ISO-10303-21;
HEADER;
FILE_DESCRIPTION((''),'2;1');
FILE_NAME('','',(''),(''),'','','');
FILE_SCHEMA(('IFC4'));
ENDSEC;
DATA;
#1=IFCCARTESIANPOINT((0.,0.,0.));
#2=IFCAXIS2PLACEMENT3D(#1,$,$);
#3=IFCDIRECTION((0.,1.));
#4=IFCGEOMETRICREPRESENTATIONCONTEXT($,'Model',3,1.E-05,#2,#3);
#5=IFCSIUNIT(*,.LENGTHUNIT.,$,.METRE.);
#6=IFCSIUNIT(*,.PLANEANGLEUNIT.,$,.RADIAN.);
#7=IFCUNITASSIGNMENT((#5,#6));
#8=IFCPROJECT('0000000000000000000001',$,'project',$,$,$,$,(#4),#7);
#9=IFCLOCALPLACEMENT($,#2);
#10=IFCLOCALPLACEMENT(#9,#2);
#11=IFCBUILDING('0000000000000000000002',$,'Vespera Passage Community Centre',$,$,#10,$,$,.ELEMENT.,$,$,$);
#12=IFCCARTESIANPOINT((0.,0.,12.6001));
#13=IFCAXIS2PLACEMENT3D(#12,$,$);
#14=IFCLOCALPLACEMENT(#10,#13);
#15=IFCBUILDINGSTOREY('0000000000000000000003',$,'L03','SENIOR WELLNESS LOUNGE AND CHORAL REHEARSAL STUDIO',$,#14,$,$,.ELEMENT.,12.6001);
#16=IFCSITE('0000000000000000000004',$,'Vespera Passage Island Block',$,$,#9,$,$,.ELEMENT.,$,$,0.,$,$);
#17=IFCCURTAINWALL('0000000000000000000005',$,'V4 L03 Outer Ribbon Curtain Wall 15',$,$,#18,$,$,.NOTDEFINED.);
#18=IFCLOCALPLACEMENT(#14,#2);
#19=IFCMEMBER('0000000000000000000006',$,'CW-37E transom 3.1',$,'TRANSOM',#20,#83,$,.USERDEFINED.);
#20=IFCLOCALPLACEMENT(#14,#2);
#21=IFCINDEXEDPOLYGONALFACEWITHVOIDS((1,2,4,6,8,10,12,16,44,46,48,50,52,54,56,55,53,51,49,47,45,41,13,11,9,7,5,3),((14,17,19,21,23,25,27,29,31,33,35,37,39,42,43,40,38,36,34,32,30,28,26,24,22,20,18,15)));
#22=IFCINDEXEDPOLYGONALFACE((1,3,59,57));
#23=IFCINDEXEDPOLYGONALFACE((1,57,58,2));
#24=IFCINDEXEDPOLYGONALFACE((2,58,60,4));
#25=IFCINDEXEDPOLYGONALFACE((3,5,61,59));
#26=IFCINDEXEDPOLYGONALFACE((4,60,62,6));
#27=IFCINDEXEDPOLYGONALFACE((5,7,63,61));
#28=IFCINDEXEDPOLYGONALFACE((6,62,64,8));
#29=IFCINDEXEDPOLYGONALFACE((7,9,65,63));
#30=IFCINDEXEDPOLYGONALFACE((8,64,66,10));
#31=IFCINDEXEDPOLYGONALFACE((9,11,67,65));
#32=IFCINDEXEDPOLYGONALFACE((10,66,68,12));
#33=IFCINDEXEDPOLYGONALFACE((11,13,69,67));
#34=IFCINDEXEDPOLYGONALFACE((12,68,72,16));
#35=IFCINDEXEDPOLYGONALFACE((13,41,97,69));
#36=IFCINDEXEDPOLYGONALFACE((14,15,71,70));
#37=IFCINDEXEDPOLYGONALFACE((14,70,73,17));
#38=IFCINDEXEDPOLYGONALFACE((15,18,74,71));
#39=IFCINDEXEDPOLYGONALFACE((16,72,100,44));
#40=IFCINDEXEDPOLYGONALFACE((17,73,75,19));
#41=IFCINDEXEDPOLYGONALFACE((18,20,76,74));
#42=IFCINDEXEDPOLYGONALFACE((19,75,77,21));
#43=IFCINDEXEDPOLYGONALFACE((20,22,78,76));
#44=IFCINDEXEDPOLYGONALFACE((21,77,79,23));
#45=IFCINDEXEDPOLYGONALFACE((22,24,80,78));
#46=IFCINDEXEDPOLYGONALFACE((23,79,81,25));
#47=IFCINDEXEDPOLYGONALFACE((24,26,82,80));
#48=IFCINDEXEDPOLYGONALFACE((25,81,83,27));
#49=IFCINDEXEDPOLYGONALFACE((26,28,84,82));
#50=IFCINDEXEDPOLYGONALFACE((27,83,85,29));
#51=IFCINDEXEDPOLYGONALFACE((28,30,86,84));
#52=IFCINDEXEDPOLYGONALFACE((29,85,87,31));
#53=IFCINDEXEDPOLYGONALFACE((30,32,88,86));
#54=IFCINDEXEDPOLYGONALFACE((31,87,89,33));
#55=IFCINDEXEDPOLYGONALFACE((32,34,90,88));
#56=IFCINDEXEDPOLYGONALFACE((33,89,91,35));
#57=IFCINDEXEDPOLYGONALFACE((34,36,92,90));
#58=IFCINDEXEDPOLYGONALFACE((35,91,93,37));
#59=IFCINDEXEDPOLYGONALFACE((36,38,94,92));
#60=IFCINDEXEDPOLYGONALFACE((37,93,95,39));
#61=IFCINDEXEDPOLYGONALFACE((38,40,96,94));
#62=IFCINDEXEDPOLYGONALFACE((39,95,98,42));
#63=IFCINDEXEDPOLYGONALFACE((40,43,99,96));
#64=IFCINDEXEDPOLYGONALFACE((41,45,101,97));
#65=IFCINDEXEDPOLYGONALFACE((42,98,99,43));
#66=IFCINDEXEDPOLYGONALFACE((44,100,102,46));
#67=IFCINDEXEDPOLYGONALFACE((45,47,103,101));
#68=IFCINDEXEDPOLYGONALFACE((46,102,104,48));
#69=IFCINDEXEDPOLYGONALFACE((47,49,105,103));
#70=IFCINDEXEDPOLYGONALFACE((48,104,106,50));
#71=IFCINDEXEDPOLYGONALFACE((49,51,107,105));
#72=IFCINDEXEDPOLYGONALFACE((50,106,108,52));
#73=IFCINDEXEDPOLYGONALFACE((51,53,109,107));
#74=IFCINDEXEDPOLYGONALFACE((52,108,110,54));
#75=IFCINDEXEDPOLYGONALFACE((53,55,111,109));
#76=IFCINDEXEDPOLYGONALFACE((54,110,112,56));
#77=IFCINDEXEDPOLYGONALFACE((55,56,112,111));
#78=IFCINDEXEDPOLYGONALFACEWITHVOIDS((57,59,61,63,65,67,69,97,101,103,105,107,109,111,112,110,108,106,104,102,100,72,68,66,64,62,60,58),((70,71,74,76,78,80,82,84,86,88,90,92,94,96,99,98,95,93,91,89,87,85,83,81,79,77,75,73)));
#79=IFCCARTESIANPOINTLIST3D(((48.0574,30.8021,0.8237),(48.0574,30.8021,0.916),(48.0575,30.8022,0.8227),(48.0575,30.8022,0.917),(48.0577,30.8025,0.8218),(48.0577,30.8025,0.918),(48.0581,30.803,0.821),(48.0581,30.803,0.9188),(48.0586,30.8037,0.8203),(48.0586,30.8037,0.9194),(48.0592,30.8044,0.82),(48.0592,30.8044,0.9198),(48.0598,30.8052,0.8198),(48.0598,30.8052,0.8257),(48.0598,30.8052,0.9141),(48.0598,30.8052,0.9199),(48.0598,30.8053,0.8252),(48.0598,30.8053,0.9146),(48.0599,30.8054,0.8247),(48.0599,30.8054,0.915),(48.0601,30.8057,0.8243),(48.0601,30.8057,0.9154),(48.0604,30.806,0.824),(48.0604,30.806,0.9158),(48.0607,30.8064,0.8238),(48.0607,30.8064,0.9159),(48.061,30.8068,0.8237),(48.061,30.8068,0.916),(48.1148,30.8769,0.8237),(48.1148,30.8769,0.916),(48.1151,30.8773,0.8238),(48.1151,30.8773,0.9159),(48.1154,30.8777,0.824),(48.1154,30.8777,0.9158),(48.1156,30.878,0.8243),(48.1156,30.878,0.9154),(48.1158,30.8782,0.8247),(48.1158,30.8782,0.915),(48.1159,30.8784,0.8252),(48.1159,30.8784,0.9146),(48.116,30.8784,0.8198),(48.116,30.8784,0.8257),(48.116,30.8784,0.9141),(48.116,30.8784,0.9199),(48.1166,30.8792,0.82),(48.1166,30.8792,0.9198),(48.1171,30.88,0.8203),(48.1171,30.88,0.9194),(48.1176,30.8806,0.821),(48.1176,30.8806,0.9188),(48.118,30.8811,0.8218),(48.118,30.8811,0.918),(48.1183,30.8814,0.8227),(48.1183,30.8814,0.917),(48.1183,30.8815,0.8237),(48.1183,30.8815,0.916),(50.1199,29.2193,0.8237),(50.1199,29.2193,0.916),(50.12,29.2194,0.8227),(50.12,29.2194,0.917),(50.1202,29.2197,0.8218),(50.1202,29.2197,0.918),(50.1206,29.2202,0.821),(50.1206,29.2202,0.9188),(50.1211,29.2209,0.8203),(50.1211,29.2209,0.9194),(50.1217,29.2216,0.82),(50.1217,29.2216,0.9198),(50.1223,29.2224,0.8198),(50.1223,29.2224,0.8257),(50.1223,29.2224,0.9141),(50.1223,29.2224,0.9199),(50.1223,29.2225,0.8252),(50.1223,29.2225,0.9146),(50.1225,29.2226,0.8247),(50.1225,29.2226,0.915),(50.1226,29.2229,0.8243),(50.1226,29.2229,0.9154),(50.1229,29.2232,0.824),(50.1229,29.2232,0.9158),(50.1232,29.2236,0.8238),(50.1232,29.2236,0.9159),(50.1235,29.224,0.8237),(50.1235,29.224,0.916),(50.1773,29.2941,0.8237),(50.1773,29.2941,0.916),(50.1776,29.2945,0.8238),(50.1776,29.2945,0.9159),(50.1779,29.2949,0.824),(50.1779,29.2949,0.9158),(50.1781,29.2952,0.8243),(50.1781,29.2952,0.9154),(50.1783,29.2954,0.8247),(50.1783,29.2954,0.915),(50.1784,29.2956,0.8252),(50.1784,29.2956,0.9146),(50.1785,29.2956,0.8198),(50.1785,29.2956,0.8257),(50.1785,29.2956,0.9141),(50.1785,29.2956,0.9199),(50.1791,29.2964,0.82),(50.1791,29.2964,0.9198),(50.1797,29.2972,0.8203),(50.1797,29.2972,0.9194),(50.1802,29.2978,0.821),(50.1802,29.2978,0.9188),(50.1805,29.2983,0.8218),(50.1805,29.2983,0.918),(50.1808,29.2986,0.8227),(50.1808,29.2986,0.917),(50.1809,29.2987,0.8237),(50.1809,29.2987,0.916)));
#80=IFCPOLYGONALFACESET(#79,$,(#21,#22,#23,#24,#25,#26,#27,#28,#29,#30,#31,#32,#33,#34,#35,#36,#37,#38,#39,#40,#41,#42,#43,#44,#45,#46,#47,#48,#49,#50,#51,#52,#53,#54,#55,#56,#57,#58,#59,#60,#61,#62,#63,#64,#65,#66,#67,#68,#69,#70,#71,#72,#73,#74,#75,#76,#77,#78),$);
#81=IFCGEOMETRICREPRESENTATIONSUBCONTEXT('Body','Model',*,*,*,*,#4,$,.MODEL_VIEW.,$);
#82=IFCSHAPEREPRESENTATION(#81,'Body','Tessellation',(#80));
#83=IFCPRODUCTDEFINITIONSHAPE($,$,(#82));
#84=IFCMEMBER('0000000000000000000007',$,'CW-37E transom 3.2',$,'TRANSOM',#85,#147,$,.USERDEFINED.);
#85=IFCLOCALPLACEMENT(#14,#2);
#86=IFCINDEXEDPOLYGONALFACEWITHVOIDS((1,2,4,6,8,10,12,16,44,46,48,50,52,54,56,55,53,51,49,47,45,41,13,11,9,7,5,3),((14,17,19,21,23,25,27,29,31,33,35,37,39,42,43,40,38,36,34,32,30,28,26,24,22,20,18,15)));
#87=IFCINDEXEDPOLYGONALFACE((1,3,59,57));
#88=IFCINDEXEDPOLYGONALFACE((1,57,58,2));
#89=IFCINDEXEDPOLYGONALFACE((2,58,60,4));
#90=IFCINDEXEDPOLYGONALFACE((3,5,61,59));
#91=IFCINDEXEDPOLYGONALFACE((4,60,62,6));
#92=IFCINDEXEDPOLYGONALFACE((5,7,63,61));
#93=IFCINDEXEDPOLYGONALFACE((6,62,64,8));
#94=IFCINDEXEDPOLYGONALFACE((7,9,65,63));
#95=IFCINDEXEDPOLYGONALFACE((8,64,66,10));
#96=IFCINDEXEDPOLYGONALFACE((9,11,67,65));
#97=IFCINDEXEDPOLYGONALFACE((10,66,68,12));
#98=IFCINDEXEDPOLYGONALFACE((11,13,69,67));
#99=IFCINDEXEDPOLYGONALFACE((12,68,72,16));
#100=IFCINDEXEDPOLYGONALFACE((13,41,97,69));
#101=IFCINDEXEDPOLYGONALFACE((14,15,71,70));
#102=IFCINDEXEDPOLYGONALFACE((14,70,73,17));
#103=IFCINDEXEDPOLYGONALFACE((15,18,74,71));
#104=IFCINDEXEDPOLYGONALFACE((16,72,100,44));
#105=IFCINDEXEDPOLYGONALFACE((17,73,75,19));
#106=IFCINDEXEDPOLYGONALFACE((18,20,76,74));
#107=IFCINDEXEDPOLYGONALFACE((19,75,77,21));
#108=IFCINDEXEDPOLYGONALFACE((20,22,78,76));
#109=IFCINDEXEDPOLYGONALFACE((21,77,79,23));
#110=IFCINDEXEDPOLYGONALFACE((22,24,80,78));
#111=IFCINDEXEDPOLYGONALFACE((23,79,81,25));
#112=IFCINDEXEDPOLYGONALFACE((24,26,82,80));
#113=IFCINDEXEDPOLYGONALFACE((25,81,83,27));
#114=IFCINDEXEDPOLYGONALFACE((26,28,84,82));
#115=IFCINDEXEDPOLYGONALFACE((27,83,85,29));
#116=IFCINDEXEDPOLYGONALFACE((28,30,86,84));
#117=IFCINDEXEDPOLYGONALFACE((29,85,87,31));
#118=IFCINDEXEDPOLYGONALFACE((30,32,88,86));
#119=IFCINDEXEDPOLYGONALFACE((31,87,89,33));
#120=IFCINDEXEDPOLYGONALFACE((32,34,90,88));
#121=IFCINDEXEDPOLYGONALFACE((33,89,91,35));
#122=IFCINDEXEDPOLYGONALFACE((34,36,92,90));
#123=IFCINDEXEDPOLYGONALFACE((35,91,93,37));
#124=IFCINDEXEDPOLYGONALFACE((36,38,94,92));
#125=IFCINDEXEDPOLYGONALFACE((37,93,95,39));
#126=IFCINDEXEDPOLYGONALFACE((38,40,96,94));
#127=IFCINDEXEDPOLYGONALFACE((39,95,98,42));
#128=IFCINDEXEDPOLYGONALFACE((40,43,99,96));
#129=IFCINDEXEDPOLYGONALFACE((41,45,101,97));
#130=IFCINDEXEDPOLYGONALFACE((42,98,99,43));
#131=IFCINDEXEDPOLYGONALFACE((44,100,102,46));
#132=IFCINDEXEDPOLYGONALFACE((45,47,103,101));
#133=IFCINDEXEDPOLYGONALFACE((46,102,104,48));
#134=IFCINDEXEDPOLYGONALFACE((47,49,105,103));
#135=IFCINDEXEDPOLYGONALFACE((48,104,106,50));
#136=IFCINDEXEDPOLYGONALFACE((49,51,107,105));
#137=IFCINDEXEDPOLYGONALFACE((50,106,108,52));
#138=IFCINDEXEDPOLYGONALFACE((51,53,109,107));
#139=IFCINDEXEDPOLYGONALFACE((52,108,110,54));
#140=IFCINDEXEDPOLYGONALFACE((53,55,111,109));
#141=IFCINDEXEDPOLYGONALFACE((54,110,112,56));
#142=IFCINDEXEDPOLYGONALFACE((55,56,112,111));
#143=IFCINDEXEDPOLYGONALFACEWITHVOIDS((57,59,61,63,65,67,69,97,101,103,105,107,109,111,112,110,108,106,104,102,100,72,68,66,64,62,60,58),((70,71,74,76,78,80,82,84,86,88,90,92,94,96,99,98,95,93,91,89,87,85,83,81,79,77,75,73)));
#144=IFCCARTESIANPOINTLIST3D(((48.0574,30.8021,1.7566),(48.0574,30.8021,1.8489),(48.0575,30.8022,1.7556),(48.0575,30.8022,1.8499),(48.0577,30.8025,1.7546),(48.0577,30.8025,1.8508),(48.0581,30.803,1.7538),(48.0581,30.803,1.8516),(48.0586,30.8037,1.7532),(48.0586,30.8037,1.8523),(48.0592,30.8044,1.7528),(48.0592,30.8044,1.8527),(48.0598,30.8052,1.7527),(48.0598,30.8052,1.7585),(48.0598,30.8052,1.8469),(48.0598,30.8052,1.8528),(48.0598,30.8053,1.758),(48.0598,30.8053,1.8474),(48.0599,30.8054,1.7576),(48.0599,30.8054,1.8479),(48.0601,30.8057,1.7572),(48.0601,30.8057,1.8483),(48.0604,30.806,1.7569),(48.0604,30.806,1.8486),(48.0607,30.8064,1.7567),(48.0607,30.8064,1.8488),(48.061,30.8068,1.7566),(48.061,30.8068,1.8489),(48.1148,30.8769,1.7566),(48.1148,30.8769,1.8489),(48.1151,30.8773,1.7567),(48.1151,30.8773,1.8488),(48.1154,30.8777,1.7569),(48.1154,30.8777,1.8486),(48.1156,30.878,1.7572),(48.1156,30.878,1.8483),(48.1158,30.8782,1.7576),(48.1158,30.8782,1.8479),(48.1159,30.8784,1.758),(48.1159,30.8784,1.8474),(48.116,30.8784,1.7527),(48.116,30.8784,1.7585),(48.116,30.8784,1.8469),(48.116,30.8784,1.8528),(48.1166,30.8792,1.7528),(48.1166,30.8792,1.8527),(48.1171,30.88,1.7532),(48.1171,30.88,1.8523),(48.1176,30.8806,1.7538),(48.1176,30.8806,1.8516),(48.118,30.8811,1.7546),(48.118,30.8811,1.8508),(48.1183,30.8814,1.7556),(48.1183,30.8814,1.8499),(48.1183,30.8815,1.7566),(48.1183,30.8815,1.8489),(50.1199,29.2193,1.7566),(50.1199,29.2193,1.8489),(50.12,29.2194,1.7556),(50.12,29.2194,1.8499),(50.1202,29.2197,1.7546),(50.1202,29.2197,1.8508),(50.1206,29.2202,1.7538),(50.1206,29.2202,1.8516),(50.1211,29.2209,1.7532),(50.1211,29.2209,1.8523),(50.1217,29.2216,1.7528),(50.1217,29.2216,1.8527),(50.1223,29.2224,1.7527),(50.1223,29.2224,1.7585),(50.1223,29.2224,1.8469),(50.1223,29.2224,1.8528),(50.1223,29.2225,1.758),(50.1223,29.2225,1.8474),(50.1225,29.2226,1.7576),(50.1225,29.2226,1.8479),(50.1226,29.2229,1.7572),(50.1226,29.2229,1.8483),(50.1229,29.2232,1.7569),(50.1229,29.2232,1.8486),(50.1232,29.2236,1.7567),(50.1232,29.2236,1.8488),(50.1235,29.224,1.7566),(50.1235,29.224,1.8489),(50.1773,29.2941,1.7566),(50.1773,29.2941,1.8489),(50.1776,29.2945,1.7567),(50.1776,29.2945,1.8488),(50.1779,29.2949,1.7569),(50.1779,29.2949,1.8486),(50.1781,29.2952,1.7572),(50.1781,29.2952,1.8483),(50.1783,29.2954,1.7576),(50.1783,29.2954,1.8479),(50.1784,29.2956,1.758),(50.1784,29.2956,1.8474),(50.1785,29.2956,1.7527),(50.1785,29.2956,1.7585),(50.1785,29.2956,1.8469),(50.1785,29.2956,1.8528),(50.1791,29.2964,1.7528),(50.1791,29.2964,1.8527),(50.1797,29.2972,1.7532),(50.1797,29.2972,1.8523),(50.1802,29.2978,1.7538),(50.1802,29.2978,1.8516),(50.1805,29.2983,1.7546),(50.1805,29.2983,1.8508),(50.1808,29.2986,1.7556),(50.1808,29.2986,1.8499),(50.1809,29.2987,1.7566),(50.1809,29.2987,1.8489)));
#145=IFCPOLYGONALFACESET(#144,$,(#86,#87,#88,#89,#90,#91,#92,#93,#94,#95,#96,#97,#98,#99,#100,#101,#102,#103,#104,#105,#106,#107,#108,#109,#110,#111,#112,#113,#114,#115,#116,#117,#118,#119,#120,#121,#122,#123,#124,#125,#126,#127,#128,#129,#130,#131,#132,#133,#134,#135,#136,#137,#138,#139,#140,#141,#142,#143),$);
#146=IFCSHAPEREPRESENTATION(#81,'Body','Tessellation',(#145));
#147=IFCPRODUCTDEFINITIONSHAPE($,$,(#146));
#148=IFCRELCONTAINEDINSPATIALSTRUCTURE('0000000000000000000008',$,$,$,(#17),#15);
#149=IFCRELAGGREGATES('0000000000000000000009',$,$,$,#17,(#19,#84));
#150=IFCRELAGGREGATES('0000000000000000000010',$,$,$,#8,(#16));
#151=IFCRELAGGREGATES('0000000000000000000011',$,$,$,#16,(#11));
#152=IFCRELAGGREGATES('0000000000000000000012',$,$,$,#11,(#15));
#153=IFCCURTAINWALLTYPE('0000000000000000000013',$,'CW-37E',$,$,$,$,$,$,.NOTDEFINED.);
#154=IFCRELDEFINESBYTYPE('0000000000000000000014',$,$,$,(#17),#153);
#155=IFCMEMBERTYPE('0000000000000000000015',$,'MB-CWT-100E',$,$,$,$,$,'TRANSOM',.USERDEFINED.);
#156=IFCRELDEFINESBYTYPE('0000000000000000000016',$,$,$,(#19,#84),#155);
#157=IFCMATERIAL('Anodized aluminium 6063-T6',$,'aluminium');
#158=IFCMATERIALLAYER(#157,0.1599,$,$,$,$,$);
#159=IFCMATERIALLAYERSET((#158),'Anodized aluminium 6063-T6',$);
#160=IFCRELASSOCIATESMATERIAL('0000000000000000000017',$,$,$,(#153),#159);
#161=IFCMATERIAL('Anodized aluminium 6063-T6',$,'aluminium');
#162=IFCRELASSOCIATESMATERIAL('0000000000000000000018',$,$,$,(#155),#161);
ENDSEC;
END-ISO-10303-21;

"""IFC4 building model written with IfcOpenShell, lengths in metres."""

from ifc_helpers import new_model, si_unit, direction, frame, origin, origin_2d, place, context, subcontext, project, spatial, hollow_rectangle, extrude, material, layer, layer_set, material_profile, profile_set, type_object, element, aggregate, save


model = new_model("IFC4")

# Units and contexts
model_context = context("Model", 3, precision=1e-05, world=origin(), true_north=direction((0.0, 1.0)))
body_context = subcontext(model_context, "Body", "Model", "MODEL_VIEW")
ifc_project = project(units=[si_unit("LENGTHUNIT", "METRE"), si_unit("PLANEANGLEUNIT", "RADIAN")], contexts=[model_context])

# Site, building, storey
site_placement = place(None, origin())
site = spatial("IfcSite", under=ifc_project, at=site_placement, Name="Vespera Passage Island Block", CompositionType="ELEMENT", RefElevation=0.0)
building_placement = place(site_placement, origin())
building = spatial("IfcBuilding", under=site, at=building_placement, Name="Vespera Passage Community Centre", CompositionType="ELEMENT")
storey_placement = place(building_placement, frame((0.0, 0.0, 12.6001)))
storey = spatial("IfcBuildingStorey", under=building, at=storey_placement, Name="L03", Description="SENIOR WELLNESS LOUNGE AND CHORAL REHEARSAL STUDIO", CompositionType="ELEMENT", Elevation=12.6001)

# Curtain wall, members
ifc_material_1 = material(Name="Anodized aluminium 6063-T6", Category="aluminium")
ifc_layer_1 = layer(ifc_material_1, 0.1599)
ifc_layer_set_1 = layer_set([ifc_layer_1], Name="Anodized aluminium 6063-T6")
curtain_wall_type = type_object("IfcCurtainWallType", Name="CW-37E", PredefinedType="NOTDEFINED", material=ifc_layer_set_1)
curtain_wall_placement = place(storey_placement, origin())
curtain_wall = element("IfcCurtainWall", 1, at=curtain_wall_placement, inside=storey, type_object=curtain_wall_type, Name="V4 L03 Outer Ribbon Curtain Wall 15", PredefinedType="NOTDEFINED")
ifc_material_2 = material(Name="Anodized aluminium 6063-T6", Category="aluminium")
ifc_material_profile_1 = material_profile(ifc_material_2, hollow_rectangle(XDim=0.1001, YDim=0.1001, WallThickness=0.0039, InnerFilletRadius=0.002, OuterFilletRadius=0.0039, at=origin_2d()), Name="ALU100X100X4")
ifc_profile_set_1 = profile_set([ifc_material_profile_1], Name="Anodized aluminium 6063-T6")
member_type_1 = type_object("IfcMemberType", Name="MB-CWT-100E", ElementType="TRANSOM", PredefinedType="USERDEFINED", material=ifc_profile_set_1)
member_1_placement = place(storey_placement, frame((50.1504, 29.259, 0.8699), z_axis=(-0.793325, 0.608798, 0.0), x_axis=(-0.608798, -0.793325, 0.0)))
member_1 = element("IfcMember", 2, at=member_1_placement, type_object=member_type_1, Name="CW-37E transom 3.1", ObjectType="TRANSOM", PredefinedType="USERDEFINED", context=body_context, shape_type="SweptSolid", body=[
    extrude(hollow_rectangle(XDim=0.1001, YDim=0.1001, WallThickness=0.0039, InnerFilletRadius=0.002, OuterFilletRadius=0.0039, at=origin_2d()), origin(), (0.0, 0.0, 1.0), 2.5999),
])
member_2_placement = place(storey_placement, frame((50.1504, 29.259, 1.8027), z_axis=(-0.793325, 0.608798, 0.0), x_axis=(-0.608798, -0.793325, 0.0)))
member_2 = element("IfcMember", 3, at=member_2_placement, type_object=member_type_1, Name="CW-37E transom 3.2", ObjectType="TRANSOM", PredefinedType="USERDEFINED", context=body_context, shape_type="SweptSolid", body=[
    extrude(hollow_rectangle(XDim=0.1001, YDim=0.1001, WallThickness=0.0039, InnerFilletRadius=0.002, OuterFilletRadius=0.0039, at=origin_2d()), origin(), (0.0, 0.0, 1.0), 2.5999),
])
aggregate(curtain_wall, [member_1, member_2])

save(model, "model.ifc")
